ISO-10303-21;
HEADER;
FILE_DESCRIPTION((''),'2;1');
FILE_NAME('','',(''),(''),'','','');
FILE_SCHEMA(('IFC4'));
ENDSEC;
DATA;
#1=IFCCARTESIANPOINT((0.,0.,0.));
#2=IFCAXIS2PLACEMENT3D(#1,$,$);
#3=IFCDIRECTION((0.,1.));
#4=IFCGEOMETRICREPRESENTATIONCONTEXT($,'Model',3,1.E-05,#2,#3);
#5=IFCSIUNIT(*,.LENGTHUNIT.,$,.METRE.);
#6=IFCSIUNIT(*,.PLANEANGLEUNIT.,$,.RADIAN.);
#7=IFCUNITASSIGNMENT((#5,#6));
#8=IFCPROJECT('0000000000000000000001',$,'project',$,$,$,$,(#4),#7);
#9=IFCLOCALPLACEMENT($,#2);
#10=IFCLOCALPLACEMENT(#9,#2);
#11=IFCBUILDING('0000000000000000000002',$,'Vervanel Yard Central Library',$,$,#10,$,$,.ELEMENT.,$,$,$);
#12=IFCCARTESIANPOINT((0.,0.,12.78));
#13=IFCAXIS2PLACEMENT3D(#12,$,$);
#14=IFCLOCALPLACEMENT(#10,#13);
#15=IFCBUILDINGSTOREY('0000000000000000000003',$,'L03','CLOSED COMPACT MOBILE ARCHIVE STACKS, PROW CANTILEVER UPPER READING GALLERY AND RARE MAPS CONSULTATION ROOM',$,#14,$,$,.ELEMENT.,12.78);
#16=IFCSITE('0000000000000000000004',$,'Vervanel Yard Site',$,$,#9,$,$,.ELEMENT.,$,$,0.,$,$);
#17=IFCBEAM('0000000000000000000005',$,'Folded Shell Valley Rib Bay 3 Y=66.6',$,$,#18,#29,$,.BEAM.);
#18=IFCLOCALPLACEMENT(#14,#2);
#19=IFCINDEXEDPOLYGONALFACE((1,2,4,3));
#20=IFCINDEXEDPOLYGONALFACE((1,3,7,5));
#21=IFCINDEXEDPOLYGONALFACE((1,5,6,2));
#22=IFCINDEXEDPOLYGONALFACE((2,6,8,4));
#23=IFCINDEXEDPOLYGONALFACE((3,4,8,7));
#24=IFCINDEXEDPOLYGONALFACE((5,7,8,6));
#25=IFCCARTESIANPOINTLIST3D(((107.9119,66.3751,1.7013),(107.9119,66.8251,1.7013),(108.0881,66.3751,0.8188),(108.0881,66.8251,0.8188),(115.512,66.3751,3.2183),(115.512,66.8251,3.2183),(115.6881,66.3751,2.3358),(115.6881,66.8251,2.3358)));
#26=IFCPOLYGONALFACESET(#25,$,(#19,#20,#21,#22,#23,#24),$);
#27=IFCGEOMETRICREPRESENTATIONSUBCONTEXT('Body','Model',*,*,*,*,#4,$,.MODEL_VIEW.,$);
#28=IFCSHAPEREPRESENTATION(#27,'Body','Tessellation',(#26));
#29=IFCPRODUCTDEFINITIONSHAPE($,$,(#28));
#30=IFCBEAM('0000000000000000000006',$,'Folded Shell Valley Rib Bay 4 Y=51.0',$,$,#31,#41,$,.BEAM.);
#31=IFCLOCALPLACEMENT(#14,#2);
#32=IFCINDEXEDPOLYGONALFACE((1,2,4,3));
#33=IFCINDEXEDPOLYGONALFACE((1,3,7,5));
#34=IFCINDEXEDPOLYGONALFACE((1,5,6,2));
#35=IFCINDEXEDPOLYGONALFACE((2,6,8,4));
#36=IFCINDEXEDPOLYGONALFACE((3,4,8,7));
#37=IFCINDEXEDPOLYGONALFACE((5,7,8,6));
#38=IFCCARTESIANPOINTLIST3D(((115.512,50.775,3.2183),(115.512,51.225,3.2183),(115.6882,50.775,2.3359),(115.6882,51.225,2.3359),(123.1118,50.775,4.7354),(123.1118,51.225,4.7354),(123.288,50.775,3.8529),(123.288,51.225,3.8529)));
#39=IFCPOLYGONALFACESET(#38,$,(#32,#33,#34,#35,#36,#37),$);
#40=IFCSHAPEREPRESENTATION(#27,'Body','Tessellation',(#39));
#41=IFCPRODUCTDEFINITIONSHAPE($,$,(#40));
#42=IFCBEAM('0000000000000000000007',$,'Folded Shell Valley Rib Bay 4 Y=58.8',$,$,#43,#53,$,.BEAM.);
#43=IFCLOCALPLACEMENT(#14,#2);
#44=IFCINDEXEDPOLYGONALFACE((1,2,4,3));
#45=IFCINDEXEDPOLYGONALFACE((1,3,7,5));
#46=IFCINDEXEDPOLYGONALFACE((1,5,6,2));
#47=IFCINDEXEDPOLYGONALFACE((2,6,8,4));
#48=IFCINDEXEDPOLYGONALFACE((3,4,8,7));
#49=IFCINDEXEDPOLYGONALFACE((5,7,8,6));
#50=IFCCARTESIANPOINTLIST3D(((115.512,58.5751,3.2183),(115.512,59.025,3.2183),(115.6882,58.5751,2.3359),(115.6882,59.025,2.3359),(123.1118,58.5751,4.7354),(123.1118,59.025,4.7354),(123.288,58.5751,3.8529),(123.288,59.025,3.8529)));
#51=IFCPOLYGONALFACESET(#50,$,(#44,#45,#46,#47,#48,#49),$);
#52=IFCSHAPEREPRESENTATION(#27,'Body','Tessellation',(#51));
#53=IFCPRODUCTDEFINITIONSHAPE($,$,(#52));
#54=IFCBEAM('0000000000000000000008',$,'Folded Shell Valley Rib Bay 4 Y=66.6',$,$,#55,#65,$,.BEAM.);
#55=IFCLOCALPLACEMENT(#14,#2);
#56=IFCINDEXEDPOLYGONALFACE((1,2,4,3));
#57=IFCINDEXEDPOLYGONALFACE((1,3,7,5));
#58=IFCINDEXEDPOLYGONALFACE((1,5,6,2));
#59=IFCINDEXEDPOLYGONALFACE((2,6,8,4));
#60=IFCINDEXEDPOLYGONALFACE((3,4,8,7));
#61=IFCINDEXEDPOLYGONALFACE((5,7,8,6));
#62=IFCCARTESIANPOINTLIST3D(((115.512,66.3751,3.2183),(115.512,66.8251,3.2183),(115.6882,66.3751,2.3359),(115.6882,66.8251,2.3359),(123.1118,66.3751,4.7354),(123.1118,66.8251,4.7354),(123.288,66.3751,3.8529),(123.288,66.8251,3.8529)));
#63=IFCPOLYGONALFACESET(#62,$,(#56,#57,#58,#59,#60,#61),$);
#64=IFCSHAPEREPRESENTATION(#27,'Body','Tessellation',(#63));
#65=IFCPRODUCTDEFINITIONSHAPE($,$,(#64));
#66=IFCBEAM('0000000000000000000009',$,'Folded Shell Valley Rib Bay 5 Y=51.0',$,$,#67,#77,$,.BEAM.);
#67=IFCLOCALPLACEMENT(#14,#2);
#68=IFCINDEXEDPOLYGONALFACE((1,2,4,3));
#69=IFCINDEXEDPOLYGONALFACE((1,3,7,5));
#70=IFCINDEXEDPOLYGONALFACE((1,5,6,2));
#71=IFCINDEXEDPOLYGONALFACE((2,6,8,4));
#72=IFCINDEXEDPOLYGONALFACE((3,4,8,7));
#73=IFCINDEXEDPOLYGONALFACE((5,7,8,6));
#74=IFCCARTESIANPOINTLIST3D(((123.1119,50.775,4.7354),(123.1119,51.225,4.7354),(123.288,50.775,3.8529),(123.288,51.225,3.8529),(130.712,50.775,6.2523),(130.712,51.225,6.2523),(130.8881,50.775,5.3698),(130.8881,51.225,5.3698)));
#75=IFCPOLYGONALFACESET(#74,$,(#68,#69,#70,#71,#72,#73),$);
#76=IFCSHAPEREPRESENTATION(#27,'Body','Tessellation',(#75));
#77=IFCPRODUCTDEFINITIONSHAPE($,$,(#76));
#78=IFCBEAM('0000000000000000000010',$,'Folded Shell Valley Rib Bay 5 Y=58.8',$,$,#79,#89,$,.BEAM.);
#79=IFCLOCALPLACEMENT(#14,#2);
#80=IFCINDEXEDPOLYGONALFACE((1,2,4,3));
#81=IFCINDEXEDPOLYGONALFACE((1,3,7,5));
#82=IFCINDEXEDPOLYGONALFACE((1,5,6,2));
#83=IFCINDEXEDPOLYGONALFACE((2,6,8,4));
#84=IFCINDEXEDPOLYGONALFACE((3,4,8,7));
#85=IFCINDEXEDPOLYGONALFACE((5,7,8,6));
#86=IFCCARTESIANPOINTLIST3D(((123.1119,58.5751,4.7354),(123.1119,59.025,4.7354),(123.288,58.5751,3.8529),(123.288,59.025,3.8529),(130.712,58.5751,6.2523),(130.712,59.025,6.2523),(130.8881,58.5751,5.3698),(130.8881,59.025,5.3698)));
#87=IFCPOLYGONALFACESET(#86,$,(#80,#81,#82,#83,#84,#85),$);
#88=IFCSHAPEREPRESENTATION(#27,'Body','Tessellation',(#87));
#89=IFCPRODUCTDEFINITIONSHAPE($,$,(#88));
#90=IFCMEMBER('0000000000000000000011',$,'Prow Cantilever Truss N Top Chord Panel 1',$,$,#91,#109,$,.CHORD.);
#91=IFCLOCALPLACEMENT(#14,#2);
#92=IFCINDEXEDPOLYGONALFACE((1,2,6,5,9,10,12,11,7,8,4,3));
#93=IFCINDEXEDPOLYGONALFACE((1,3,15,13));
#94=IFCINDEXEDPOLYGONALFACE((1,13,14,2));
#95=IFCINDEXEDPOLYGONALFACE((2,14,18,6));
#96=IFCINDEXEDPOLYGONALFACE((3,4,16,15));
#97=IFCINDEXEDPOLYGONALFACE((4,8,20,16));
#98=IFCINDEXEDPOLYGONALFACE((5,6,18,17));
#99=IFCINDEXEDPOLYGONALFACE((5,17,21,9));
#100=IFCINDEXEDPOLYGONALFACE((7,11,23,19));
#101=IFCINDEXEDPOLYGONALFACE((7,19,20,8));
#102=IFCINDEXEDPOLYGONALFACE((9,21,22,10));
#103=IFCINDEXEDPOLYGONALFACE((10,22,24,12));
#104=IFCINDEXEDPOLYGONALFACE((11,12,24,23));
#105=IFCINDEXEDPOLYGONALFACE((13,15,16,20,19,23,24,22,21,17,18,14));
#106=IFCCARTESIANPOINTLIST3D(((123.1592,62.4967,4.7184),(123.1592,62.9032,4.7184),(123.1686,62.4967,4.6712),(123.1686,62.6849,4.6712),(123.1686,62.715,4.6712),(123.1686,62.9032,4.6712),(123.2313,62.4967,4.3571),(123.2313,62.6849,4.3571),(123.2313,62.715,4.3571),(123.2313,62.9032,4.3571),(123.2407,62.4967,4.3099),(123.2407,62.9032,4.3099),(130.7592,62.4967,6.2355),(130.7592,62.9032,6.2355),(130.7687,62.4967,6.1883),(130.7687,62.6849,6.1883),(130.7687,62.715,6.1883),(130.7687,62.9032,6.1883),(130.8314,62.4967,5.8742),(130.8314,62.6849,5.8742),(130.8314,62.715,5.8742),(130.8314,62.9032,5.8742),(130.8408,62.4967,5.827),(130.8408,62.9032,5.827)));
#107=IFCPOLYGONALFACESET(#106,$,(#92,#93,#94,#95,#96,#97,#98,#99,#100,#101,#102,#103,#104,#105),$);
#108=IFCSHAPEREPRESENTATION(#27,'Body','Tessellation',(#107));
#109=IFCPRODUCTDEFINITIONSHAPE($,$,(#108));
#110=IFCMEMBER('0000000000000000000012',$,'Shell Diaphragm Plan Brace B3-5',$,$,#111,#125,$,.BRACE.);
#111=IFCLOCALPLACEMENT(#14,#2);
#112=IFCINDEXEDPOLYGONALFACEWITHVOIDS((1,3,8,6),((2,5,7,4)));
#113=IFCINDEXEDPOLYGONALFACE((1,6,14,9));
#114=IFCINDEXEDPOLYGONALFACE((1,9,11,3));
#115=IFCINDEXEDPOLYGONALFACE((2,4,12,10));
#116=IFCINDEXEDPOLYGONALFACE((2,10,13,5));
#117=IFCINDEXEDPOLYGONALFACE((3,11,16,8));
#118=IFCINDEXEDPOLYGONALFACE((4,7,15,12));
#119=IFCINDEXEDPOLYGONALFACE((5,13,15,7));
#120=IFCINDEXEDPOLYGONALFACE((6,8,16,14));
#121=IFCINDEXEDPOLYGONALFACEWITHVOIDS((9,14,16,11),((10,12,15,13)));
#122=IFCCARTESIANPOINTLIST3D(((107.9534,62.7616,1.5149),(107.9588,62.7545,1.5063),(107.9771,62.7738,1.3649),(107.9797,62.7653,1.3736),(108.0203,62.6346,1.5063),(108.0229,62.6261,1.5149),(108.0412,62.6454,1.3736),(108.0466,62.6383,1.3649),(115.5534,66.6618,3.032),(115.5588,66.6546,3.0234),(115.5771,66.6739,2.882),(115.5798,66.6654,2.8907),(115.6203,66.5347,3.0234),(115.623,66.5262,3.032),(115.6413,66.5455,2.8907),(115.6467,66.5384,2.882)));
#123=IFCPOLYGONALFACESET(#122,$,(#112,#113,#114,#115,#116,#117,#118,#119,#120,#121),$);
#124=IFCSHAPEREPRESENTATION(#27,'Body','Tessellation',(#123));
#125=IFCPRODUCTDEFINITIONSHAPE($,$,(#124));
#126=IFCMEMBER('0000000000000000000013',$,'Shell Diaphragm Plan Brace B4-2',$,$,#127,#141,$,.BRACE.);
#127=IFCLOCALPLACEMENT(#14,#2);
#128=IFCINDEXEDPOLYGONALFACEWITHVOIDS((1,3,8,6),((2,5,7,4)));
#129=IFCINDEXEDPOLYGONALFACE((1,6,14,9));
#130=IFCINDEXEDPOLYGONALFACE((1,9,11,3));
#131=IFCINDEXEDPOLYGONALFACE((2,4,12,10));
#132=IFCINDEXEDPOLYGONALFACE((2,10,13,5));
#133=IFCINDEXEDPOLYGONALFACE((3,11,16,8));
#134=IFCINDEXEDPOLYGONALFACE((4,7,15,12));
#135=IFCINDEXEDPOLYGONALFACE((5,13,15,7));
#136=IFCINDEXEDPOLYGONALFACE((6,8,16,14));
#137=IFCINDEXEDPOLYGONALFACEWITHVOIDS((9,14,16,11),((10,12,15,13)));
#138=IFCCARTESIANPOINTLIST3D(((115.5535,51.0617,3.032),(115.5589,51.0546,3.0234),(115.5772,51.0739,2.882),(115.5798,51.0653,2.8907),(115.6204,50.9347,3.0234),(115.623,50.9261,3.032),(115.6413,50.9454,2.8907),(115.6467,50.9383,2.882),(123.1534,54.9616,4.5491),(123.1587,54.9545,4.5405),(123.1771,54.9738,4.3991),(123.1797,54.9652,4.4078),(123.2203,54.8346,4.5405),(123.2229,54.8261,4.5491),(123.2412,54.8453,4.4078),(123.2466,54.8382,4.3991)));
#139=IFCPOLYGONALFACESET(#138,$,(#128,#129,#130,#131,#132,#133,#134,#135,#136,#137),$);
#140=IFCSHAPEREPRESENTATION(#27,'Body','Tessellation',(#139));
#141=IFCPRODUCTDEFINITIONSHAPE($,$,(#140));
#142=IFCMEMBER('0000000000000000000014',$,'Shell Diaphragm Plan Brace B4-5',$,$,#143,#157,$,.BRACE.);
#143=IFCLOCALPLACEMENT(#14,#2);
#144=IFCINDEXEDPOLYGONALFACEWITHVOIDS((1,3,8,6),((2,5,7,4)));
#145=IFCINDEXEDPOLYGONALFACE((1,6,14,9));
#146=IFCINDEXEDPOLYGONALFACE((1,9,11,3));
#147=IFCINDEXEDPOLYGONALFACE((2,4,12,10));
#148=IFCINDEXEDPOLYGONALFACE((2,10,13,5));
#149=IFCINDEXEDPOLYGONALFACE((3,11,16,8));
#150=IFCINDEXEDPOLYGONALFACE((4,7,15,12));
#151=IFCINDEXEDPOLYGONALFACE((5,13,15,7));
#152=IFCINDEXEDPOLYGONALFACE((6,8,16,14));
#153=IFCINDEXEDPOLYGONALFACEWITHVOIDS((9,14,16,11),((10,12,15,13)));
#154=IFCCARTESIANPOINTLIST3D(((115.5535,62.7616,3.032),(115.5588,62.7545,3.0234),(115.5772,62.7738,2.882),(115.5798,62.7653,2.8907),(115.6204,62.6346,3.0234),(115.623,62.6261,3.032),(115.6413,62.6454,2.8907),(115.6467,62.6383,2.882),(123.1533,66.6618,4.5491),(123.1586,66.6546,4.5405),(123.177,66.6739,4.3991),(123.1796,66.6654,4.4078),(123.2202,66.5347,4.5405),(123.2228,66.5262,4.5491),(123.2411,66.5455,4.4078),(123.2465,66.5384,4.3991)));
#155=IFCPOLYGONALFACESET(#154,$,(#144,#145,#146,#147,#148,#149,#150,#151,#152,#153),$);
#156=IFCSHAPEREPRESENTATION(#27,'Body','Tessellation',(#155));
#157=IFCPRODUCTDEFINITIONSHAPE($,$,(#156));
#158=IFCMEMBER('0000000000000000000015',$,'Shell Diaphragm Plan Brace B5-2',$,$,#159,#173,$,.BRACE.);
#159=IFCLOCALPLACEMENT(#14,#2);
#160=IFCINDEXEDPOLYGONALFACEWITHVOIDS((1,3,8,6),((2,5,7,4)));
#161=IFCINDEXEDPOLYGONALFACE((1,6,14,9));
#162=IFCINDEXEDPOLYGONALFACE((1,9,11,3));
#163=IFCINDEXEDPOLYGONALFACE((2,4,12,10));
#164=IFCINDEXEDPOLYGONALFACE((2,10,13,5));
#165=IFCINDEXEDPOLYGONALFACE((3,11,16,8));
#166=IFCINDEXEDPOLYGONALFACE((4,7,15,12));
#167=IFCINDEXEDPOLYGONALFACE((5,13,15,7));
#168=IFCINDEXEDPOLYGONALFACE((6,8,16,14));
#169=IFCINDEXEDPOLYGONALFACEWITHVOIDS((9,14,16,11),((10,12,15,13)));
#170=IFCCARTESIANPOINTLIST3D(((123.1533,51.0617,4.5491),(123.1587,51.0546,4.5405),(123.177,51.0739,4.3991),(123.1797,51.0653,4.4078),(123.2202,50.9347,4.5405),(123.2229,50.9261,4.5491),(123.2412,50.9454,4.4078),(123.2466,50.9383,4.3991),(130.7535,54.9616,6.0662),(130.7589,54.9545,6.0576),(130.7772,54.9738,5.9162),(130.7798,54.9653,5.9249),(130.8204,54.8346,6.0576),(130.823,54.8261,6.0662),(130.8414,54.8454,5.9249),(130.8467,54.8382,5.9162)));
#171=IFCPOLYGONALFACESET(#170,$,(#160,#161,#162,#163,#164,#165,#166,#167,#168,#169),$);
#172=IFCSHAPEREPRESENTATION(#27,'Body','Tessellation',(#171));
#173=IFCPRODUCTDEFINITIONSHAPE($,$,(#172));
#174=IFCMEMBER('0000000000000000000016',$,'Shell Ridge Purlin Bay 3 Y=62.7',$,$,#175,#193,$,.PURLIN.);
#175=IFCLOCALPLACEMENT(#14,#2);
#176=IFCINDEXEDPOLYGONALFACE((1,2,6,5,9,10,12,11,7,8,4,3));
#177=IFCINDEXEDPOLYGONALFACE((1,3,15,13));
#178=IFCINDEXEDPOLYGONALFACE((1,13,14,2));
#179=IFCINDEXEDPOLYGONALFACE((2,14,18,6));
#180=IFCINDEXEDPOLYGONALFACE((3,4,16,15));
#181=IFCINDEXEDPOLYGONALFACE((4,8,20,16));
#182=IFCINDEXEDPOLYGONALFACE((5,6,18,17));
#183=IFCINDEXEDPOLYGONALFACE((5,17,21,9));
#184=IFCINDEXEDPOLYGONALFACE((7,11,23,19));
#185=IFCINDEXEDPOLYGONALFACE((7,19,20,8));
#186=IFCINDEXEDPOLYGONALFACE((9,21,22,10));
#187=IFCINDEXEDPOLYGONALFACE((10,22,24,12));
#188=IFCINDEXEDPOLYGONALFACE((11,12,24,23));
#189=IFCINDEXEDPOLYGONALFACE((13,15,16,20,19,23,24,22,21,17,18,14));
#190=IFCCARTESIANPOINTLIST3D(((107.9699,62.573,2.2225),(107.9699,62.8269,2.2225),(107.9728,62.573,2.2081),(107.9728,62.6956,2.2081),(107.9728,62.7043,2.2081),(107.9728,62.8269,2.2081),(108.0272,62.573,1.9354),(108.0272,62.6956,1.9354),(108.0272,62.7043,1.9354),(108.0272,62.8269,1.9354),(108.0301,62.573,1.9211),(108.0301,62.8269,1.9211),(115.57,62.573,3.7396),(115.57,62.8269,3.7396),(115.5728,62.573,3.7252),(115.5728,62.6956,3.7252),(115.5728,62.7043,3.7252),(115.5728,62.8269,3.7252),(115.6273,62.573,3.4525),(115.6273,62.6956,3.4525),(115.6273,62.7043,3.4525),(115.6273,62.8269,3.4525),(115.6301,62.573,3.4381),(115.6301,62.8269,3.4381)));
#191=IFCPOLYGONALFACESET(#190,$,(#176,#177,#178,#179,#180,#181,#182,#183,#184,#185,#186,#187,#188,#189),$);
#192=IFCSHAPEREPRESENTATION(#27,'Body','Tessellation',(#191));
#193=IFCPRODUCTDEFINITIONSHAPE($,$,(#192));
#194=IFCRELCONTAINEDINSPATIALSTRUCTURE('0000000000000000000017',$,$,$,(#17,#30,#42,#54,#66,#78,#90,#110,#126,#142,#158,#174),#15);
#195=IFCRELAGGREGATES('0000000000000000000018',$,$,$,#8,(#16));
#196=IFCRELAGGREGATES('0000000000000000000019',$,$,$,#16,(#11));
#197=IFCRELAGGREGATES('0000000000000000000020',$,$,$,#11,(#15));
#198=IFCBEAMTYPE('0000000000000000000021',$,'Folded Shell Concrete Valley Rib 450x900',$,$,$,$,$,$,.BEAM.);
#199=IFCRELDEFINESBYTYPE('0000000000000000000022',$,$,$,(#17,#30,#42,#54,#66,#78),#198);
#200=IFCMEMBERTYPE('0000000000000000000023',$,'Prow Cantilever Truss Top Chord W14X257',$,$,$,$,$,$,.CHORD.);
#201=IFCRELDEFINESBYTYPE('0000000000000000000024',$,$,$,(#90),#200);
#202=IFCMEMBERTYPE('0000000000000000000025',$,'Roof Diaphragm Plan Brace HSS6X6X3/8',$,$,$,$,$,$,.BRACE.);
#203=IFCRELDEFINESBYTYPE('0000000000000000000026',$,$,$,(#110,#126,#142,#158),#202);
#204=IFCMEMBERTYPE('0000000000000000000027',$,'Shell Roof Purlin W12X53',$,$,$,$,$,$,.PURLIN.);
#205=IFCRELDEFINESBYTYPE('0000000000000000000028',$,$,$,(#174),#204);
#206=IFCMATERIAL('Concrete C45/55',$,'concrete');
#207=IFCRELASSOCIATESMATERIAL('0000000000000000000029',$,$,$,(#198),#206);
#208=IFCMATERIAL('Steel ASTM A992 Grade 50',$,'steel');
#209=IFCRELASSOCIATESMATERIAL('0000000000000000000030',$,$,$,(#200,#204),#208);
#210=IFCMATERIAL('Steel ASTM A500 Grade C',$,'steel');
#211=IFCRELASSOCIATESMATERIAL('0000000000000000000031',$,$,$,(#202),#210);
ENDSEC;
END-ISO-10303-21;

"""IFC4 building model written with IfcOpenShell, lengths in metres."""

from ifc_helpers import new_model, si_unit, direction, frame, origin, origin_2d, place, context, subcontext, project, spatial, rectangle, hollow_rectangle, i_section, extrude, material, material_profile, profile_set, type_object, element, save


model = new_model("IFC4")

# Units and contexts
model_context = context("Model", 3, precision=1e-05, world=origin(), true_north=direction((0.0, 1.0)))
body_context = subcontext(model_context, "Body", "Model", "MODEL_VIEW")
ifc_project = project(units=[si_unit("LENGTHUNIT", "METRE"), si_unit("PLANEANGLEUNIT", "RADIAN")], contexts=[model_context])

# Site, building, storey
site_placement = place(None, origin())
site = spatial("IfcSite", under=ifc_project, at=site_placement, Name="Vervanel Yard Site", CompositionType="ELEMENT", RefElevation=0.0)
building_placement = place(site_placement, origin())
building = spatial("IfcBuilding", under=site, at=building_placement, Name="Vervanel Yard Central Library", CompositionType="ELEMENT")
storey_placement = place(building_placement, frame((0.0, 0.0, 12.78)))
storey = spatial("IfcBuildingStorey", under=building, at=storey_placement, Name="L03", Description="CLOSED COMPACT MOBILE ARCHIVE STACKS, PROW CANTILEVER UPPER READING GALLERY AND RARE MAPS CONSULTATION ROOM", CompositionType="ELEMENT", Elevation=12.78)

# Beams
ifc_material_1 = material(Name="Concrete C45/55", Category="concrete")
ifc_material_profile_1 = material_profile(ifc_material_1, rectangle(XDim=0.45, YDim=0.8999, at=origin_2d()), Name="RC 450x900", Category="concrete")
ifc_profile_set_1 = profile_set([ifc_material_profile_1], Name="Concrete C45/55")
beam_type = type_object("IfcBeamType", Name="Folded Shell Concrete Valley Rib 450x900", PredefinedType="BEAM", material=ifc_profile_set_1)
beam_placement = place(storey_placement, frame((108.0, 66.6001, 1.26), z_axis=(0.980653, 0.0, 0.195753), x_axis=(0.0, 1.0, 0.0)))
element("IfcBeam", 1, at=beam_placement, inside=storey, type_object=beam_type, Name="Folded Shell Valley Rib Bay 3 Y=66.6", PredefinedType="BEAM", context=body_context, shape_type="SweptSolid", body=[
    extrude(rectangle(XDim=0.45, YDim=0.8999, at=origin_2d()), origin(), (0.0, 0.0, 1.0), 7.75),
])
for number, where, z_axis, x_axis, name in (
    (2, (115.6001, 51.0, 2.7771), (0.980652, 0.0, 0.195759), (0.0, 1.0, 0.0), "Folded Shell Valley Rib Bay 4 Y=51.0"),
    (3, (115.6001, 58.8, 2.7771), (0.980652, 0.0, 0.195759), (0.0, 1.0, 0.0), "Folded Shell Valley Rib Bay 4 Y=58.8"),
    (4, (115.6001, 66.6001, 2.7771), (0.980652, 0.0, 0.195759), (0.0, 1.0, 0.0), "Folded Shell Valley Rib Bay 4 Y=66.6"),
):
    element("IfcBeam", number, at=place(storey_placement, frame(where, z_axis=z_axis, x_axis=x_axis)), inside=storey, type_object=beam_type, Name=name, PredefinedType="BEAM", context=body_context, shape_type="SweptSolid", body=[
        extrude(rectangle(XDim=0.45, YDim=0.8999, at=origin_2d()), origin(), (0.0, 0.0, 1.0), 7.7498),
    ])
for number, where, z_axis, x_axis, name in (
    (5, (123.2, 51.0, 4.2942), (0.980659, 0.0, 0.195722), (0.0, 1.0, 0.0), "Folded Shell Valley Rib Bay 5 Y=51.0"),
    (6, (123.2, 58.8, 4.2942), (0.980659, 0.0, 0.195722), (0.0, 1.0, 0.0), "Folded Shell Valley Rib Bay 5 Y=58.8"),
):
    element("IfcBeam", number, at=place(storey_placement, frame(where, z_axis=z_axis, x_axis=x_axis)), inside=storey, type_object=beam_type, Name=name, PredefinedType="BEAM", context=body_context, shape_type="SweptSolid", body=[
        extrude(rectangle(XDim=0.45, YDim=0.8999, at=origin_2d()), origin(), (0.0, 0.0, 1.0), 7.75),
    ])

# Members
ifc_material_2 = material(Name="Steel ASTM A992 Grade 50", Category="steel")
ifc_material_profile_2 = material_profile(ifc_material_2, i_section(OverallWidth=0.4065, OverallDepth=0.4165, WebThickness=0.03, FlangeThickness=0.0481, at=origin_2d()), Name="W14X257", Category="steel")
ifc_profile_set_2 = profile_set([ifc_material_profile_2], Name="Steel ASTM A992 Grade 50")
member_type_1 = type_object("IfcMemberType", Name="Prow Cantilever Truss Top Chord W14X257", PredefinedType="CHORD", material=ifc_profile_set_2)
member_1_placement = place(storey_placement, frame((123.2, 62.7, 4.5142), z_axis=(0.980653, 0.0, 0.195753), x_axis=(0.0, 1.0, 0.0)))
element("IfcMember", 7, at=member_1_placement, inside=storey, type_object=member_type_1, Name="Prow Cantilever Truss N Top Chord Panel 1", PredefinedType="CHORD", context=body_context, shape_type="SweptSolid", body=[
    extrude(i_section(OverallWidth=0.4065, OverallDepth=0.4165, WebThickness=0.03, FlangeThickness=0.0481, at=origin_2d()), origin(), (0.0, 0.0, 1.0), 7.75),
])
ifc_material_3 = material(Name="Steel ASTM A500 Grade C", Category="steel")
ifc_material_profile_3 = material_profile(ifc_material_3, hollow_rectangle(XDim=0.1523, YDim=0.1523, WallThickness=0.0088, at=origin_2d()), Name="HSS6X6X3/8", Category="steel")
ifc_profile_set_3 = profile_set([ifc_material_profile_3], Name="Steel ASTM A500 Grade C")
member_type_2 = type_object("IfcMemberType", Name="Roof Diaphragm Plan Brace HSS6X6X3/8", PredefinedType="BRACE", material=ifc_profile_set_3)
member_2_placement = place(storey_placement, frame((108.0, 62.7, 1.4399), z_axis=(0.875984, 0.449529, 0.174859), x_axis=(-0.456563, 0.889691, 0.0)))
element("IfcMember", 8, at=member_2_placement, inside=storey, type_object=member_type_2, Name="Shell Diaphragm Plan Brace B3-5", PredefinedType="BRACE", context=body_context, shape_type="SweptSolid", body=[
    extrude(hollow_rectangle(XDim=0.1523, YDim=0.1523, WallThickness=0.0088, at=origin_2d()), origin(), (0.0, 0.0, 1.0), 8.676),
])
for number, where, z_axis, x_axis, name in (
    (9, (115.6001, 51.0, 2.957), (0.875988, 0.449518, 0.174866), (-0.456552, 0.889697, 0.0), "Shell Diaphragm Plan Brace B4-2"),
    (10, (115.6001, 62.7, 2.957), (0.875977, 0.44954, 0.174863), (-0.456575, 0.889685, 0.0), "Shell Diaphragm Plan Brace B4-5"),
):
    element("IfcMember", number, at=place(storey_placement, frame(where, z_axis=z_axis, x_axis=x_axis)), inside=storey, type_object=member_type_2, Name=name, PredefinedType="BRACE", context=body_context, shape_type="SweptSolid", body=[
        extrude(hollow_rectangle(XDim=0.1523, YDim=0.1523, WallThickness=0.0088, at=origin_2d()), origin(), (0.0, 0.0, 1.0), 8.6758),
    ])
member_3_placement = place(storey_placement, frame((123.2, 51.0, 4.4741), z_axis=(0.875995, 0.449507, 0.174861), x_axis=(-0.456541, 0.889703, 0.0)))
element("IfcMember", 11, at=member_3_placement, inside=storey, type_object=member_type_2, Name="Shell Diaphragm Plan Brace B5-2", PredefinedType="BRACE", context=body_context, shape_type="SweptSolid", body=[
    extrude(hollow_rectangle(XDim=0.1523, YDim=0.1523, WallThickness=0.0088, at=origin_2d()), origin(), (0.0, 0.0, 1.0), 8.676),
])
ifc_material_profile_4 = material_profile(ifc_material_2, i_section(OverallWidth=0.2539, OverallDepth=0.3074, WebThickness=0.0088, FlangeThickness=0.0146, at=origin_2d()), Name="W12X53", Category="steel")
ifc_profile_set_4 = profile_set([ifc_material_profile_4], Name="Steel ASTM A992 Grade 50")
member_type_3 = type_object("IfcMemberType", Name="Shell Roof Purlin W12X53", PredefinedType="PURLIN", material=ifc_profile_set_4)
for number, where, z_axis, x_axis, name in (
    (12, (108.0, 62.7, 2.0718), (0.980653, 0.0, 0.195753), (0.0, 1.0, 0.0), "Shell Ridge Purlin Bay 3 Y=62.7"),
):
    element("IfcMember", number, at=place(storey_placement, frame(where, z_axis=z_axis, x_axis=x_axis)), inside=storey, type_object=member_type_3, Name=name, PredefinedType="PURLIN", context=body_context, shape_type="SweptSolid", body=[
        extrude(i_section(OverallWidth=0.2539, OverallDepth=0.3074, WebThickness=0.0088, FlangeThickness=0.0146, at=origin_2d()), origin(), (0.0, 0.0, 1.0), 7.75),
    ])

save(model, "model.ifc")
